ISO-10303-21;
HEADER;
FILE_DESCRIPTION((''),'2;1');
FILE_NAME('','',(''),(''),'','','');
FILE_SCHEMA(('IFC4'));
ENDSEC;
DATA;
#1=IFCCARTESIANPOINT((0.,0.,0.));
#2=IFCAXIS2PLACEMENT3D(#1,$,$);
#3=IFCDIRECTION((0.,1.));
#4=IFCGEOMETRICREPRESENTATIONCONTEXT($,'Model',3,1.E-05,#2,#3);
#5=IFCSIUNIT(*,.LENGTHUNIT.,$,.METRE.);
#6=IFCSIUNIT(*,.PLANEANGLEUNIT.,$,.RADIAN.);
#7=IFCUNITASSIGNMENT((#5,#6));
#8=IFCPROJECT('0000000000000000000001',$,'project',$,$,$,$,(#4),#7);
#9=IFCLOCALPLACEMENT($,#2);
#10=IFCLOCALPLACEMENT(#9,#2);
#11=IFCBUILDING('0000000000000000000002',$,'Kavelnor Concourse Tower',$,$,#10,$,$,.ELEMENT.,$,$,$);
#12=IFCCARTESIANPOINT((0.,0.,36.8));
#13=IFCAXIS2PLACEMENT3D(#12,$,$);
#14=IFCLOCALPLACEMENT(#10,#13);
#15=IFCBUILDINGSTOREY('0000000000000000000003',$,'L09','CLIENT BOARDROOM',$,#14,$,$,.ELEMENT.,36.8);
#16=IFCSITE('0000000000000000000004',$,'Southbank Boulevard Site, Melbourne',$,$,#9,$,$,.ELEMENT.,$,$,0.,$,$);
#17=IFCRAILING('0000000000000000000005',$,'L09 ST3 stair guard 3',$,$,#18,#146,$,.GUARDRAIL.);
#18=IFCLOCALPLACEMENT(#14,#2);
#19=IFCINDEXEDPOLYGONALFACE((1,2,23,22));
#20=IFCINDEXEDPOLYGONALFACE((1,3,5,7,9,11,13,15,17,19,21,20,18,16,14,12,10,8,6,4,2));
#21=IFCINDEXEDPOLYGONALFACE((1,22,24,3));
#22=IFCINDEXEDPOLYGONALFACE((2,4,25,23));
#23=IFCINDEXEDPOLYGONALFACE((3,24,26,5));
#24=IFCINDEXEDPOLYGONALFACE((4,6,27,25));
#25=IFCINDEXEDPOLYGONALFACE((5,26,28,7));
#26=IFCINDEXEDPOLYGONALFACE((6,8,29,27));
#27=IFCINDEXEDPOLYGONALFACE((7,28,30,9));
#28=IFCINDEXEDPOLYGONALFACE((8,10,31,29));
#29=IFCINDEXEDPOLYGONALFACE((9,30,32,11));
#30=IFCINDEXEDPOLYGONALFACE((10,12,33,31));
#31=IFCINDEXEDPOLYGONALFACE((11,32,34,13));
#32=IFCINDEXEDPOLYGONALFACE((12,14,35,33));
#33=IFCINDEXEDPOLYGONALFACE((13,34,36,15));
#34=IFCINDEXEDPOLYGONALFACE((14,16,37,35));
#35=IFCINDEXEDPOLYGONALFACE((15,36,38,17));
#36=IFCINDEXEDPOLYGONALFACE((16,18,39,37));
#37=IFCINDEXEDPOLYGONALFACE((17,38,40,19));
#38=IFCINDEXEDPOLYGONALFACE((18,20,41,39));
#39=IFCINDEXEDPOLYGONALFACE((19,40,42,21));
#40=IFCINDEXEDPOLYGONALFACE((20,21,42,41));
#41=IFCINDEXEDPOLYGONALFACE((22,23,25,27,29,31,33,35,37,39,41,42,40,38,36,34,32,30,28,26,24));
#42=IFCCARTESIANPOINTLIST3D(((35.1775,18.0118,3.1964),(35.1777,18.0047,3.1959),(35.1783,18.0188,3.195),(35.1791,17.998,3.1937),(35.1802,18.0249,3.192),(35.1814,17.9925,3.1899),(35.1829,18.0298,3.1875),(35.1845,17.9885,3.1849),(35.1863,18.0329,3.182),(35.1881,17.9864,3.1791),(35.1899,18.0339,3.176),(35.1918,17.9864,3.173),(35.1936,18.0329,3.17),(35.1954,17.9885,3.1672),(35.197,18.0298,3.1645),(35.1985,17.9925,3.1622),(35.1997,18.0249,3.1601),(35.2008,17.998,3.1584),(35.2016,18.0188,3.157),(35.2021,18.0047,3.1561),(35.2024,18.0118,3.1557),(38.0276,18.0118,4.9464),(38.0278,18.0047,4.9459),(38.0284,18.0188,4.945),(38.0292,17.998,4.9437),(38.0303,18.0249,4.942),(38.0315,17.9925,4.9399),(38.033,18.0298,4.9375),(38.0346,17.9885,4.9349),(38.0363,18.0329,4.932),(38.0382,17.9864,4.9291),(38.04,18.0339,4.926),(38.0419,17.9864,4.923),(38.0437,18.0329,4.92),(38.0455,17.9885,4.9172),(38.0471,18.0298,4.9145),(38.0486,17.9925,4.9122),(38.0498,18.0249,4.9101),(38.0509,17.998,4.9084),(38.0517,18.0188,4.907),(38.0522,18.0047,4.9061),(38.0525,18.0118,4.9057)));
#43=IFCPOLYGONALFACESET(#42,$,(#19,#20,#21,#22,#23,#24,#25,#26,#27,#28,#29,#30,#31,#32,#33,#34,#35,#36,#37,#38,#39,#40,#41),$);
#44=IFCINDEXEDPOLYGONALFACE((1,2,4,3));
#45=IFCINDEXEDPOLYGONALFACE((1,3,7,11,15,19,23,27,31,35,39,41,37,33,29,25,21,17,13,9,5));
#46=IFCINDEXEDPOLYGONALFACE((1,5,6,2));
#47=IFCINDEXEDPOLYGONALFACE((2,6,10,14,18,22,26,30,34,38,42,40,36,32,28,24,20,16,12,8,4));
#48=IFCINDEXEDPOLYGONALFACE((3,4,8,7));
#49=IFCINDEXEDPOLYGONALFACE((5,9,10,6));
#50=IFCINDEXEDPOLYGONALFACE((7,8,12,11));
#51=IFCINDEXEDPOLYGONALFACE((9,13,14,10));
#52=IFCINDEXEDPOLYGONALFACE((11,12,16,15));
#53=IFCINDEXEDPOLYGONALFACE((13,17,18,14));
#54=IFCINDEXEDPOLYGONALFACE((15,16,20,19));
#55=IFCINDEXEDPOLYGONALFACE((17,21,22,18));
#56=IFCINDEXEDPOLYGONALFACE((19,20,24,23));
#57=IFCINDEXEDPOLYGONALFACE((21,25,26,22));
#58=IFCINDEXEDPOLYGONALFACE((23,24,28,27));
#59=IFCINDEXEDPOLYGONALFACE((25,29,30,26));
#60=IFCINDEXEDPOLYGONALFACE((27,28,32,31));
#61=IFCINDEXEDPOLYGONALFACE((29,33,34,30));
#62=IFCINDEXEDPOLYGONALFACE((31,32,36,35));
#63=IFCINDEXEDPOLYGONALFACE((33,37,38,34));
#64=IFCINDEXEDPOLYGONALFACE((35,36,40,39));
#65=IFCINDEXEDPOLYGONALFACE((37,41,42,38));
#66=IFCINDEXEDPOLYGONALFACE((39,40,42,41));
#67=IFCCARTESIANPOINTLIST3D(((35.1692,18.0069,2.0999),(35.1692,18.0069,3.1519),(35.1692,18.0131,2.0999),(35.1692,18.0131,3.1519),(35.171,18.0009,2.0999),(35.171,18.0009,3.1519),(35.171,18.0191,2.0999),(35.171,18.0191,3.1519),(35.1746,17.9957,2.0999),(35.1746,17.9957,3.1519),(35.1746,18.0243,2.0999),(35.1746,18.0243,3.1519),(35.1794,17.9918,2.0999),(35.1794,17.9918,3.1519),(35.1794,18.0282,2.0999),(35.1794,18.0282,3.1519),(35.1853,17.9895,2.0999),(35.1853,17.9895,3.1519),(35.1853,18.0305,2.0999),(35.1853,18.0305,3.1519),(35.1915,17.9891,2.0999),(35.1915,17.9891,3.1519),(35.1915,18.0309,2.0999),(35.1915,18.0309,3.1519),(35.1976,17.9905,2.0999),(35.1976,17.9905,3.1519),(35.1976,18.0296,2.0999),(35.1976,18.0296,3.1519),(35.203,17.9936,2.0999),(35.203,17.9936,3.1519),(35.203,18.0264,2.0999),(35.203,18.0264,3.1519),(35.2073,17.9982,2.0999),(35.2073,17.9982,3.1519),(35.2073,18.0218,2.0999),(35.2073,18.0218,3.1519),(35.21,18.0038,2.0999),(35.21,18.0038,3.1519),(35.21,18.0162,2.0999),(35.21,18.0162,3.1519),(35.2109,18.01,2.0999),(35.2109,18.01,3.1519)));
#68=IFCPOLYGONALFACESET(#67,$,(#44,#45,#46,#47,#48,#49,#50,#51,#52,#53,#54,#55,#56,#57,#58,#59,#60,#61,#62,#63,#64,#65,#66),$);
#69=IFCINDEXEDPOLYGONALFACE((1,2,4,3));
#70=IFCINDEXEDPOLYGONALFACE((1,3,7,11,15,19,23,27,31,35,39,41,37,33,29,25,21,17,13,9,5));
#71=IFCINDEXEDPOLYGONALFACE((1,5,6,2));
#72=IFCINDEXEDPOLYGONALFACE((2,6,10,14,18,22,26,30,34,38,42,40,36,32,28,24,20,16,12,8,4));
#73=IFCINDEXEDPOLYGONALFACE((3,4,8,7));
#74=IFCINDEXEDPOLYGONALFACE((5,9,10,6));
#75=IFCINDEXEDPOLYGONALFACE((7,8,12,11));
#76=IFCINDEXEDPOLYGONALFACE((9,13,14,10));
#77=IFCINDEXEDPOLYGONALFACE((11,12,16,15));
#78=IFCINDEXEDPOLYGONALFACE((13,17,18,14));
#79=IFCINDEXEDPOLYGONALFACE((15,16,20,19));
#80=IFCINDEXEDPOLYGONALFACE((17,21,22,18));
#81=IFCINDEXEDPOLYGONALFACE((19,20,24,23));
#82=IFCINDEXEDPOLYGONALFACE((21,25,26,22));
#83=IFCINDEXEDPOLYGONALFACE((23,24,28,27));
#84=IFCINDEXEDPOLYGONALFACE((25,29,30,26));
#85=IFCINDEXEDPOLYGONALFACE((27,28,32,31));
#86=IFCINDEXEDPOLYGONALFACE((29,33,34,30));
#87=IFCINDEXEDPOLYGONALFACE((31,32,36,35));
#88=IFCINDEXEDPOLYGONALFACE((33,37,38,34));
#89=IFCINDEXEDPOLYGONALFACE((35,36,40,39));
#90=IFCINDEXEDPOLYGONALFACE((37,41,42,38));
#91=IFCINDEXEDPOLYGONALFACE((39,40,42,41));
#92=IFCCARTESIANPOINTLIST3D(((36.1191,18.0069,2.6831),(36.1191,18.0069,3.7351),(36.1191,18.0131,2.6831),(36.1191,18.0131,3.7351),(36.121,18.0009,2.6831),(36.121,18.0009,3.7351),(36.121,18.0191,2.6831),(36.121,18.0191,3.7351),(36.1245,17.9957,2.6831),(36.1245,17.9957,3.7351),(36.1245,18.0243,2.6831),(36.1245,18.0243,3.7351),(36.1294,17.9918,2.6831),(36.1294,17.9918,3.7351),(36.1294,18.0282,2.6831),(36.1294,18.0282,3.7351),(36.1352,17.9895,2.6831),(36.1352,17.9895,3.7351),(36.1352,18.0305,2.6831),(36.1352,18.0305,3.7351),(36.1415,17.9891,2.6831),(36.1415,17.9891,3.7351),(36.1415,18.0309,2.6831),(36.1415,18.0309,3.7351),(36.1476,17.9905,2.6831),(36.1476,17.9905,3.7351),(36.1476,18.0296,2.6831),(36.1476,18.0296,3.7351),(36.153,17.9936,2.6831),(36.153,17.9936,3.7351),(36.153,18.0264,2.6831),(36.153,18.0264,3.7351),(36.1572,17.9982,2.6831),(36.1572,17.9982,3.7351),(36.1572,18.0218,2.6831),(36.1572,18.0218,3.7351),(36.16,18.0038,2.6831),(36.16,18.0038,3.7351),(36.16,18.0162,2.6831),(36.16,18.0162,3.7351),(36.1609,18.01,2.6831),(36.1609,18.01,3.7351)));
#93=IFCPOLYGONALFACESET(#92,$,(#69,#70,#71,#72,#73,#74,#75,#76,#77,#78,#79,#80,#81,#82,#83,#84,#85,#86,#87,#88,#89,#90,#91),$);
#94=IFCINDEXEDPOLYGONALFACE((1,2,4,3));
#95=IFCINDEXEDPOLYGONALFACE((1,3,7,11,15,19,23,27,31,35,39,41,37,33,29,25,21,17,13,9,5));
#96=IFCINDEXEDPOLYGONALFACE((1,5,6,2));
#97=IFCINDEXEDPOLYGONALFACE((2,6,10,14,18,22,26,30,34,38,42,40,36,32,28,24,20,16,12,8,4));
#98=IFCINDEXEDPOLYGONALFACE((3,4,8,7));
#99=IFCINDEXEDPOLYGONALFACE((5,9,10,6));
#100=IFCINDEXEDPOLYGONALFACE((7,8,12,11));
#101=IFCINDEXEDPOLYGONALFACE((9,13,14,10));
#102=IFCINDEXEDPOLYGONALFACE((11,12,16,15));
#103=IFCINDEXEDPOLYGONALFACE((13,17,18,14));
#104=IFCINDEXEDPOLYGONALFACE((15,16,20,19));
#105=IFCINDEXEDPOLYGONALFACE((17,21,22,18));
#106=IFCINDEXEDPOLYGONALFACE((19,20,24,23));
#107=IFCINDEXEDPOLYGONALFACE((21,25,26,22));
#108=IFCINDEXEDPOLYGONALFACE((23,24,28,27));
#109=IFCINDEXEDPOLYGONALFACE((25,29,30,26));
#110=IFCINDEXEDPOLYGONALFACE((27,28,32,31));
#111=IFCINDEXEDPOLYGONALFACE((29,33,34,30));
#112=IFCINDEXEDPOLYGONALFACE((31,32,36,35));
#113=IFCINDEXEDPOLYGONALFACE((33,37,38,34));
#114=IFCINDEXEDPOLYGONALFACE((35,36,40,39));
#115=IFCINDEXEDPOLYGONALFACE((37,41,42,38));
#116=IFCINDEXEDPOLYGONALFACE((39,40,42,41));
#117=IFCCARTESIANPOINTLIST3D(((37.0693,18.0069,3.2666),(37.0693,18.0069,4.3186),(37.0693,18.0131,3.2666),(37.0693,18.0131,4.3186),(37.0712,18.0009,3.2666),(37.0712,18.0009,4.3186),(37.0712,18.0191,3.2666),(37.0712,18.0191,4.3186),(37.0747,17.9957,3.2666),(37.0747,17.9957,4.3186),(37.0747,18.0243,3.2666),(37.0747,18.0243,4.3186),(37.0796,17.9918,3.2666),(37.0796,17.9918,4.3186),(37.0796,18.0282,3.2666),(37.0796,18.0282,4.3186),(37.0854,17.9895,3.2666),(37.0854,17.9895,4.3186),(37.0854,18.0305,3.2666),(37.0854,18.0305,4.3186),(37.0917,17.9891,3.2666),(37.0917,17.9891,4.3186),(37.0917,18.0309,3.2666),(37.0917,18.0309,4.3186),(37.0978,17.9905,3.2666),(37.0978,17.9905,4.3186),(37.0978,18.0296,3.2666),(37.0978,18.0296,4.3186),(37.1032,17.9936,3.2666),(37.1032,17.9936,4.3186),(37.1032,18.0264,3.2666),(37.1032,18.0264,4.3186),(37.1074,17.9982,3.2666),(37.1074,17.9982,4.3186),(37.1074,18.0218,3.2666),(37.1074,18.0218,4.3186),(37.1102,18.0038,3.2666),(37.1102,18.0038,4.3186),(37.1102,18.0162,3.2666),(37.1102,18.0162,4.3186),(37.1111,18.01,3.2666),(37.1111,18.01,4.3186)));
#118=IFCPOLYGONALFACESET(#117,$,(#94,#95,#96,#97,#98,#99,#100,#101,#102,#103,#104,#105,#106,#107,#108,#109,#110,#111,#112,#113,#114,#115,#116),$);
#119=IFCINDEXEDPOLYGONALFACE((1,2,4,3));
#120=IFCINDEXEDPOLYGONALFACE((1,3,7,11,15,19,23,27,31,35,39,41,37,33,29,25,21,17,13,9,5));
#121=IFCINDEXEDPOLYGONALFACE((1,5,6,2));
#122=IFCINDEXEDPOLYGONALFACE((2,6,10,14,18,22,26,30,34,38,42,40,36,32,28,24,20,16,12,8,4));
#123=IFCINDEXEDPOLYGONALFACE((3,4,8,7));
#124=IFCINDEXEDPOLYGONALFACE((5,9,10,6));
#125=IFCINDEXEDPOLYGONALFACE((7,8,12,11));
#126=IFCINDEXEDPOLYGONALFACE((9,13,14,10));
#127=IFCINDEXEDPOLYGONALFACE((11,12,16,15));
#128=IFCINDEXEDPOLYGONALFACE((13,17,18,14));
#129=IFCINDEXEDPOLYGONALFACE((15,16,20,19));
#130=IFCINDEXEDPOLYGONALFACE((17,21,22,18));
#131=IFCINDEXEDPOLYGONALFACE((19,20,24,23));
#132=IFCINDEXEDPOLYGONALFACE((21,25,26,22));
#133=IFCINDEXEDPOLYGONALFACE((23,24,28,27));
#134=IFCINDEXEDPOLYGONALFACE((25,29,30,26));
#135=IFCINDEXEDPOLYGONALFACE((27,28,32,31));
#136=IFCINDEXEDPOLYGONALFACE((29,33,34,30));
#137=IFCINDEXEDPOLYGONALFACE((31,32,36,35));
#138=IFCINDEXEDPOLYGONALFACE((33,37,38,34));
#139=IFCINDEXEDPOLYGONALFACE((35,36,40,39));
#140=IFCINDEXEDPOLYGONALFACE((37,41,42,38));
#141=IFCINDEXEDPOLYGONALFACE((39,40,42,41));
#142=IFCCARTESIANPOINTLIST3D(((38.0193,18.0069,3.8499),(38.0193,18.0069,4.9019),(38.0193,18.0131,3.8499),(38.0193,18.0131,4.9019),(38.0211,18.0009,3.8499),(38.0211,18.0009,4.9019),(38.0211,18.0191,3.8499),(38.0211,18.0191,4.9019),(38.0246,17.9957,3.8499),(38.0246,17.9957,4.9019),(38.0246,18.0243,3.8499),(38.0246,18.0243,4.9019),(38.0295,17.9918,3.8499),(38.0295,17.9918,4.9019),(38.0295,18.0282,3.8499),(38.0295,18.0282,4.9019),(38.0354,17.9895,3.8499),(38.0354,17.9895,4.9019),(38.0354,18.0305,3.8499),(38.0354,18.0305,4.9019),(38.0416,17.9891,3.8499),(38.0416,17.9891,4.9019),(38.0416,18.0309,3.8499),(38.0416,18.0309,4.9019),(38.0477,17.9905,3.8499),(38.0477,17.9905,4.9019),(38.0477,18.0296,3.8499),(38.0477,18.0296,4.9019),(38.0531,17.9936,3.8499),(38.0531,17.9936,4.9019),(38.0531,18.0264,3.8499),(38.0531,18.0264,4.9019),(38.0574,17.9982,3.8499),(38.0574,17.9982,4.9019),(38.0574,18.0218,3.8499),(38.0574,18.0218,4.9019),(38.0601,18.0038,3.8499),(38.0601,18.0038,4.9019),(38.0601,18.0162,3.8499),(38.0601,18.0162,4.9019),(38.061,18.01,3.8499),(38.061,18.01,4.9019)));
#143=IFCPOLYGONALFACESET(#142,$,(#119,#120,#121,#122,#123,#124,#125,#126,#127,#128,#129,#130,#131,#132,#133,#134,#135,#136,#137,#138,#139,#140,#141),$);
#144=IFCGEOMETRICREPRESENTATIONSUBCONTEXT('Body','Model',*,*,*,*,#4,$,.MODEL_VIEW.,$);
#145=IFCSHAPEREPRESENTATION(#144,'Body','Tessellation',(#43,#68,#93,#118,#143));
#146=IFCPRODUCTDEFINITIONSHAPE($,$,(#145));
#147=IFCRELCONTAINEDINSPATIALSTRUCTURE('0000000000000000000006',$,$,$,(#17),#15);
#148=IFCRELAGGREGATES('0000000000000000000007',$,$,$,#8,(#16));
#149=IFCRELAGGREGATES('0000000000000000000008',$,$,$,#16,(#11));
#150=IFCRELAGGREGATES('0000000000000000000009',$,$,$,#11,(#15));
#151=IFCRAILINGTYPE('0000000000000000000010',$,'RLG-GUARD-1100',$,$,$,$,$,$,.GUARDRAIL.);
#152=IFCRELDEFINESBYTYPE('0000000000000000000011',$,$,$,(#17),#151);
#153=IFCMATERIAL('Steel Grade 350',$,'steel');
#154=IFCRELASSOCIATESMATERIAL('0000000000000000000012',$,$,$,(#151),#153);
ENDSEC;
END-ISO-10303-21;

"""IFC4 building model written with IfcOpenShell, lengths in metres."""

from ifc_helpers import new_model, si_unit, direction, frame, origin, origin_2d, place, context, subcontext, project, spatial, circle, extrude, material, type_object, element, save


model = new_model("IFC4")

# Units and contexts
model_context = context("Model", 3, precision=1e-05, world=origin(), true_north=direction((0.0, 1.0)))
body_context = subcontext(model_context, "Body", "Model", "MODEL_VIEW")
ifc_project = project(units=[si_unit("LENGTHUNIT", "METRE"), si_unit("PLANEANGLEUNIT", "RADIAN")], contexts=[model_context])

# Site, building, storey
site_placement = place(None, origin())
site = spatial("IfcSite", under=ifc_project, at=site_placement, Name="Southbank Boulevard Site, Melbourne", CompositionType="ELEMENT", RefElevation=0.0)
building_placement = place(site_placement, origin())
building = spatial("IfcBuilding", under=site, at=building_placement, Name="Kavelnor Concourse Tower", CompositionType="ELEMENT")
storey_placement = place(building_placement, frame((0.0, 0.0, 36.8)))
storey = spatial("IfcBuildingStorey", under=building, at=storey_placement, Name="L09", Description="CLIENT BOARDROOM", CompositionType="ELEMENT", Elevation=36.8)

# Shared definitions
ifc_material_1 = material(Name="Steel Grade 350", Category="steel")

# Railing
railing_type_1 = type_object("IfcRailingType", Name="RLG-GUARD-1100", PredefinedType="GUARDRAIL", material=ifc_material_1)
railing_1_placement = place(storey_placement, frame((35.1899, 18.01, 2.0999)))
element("IfcRailing", 1, at=railing_1_placement, inside=storey, type_object=railing_type_1, Name="L09 ST3 stair guard 3", PredefinedType="GUARDRAIL", context=body_context, shape_type="SweptSolid", body=[
    extrude(circle(Radius=0.0239, at=origin_2d()), frame((0.0, 0.0, 1.0762), z_axis=(0.852179, 0.0, 0.52325), x_axis=(0.0, 1.0, 0.0)), (0.0, 0.0, 1.0), 3.3445),
    extrude(circle(Radius=0.021, at=origin_2d()), origin(), (0.0, 0.0, 1.0), 1.052),
    extrude(circle(Radius=0.021, at=origin_2d()), frame((0.95, 0.0, 0.5833)), (0.0, 0.0, 1.0), 1.052),
    extrude(circle(Radius=0.021, at=origin_2d()), frame((1.9001, 0.0, 1.1667)), (0.0, 0.0, 1.0), 1.052),
    extrude(circle(Radius=0.021, at=origin_2d()), frame((2.8501, 0.0, 1.75)), (0.0, 0.0, 1.0), 1.052),
])

save(model, "model.ifc")
